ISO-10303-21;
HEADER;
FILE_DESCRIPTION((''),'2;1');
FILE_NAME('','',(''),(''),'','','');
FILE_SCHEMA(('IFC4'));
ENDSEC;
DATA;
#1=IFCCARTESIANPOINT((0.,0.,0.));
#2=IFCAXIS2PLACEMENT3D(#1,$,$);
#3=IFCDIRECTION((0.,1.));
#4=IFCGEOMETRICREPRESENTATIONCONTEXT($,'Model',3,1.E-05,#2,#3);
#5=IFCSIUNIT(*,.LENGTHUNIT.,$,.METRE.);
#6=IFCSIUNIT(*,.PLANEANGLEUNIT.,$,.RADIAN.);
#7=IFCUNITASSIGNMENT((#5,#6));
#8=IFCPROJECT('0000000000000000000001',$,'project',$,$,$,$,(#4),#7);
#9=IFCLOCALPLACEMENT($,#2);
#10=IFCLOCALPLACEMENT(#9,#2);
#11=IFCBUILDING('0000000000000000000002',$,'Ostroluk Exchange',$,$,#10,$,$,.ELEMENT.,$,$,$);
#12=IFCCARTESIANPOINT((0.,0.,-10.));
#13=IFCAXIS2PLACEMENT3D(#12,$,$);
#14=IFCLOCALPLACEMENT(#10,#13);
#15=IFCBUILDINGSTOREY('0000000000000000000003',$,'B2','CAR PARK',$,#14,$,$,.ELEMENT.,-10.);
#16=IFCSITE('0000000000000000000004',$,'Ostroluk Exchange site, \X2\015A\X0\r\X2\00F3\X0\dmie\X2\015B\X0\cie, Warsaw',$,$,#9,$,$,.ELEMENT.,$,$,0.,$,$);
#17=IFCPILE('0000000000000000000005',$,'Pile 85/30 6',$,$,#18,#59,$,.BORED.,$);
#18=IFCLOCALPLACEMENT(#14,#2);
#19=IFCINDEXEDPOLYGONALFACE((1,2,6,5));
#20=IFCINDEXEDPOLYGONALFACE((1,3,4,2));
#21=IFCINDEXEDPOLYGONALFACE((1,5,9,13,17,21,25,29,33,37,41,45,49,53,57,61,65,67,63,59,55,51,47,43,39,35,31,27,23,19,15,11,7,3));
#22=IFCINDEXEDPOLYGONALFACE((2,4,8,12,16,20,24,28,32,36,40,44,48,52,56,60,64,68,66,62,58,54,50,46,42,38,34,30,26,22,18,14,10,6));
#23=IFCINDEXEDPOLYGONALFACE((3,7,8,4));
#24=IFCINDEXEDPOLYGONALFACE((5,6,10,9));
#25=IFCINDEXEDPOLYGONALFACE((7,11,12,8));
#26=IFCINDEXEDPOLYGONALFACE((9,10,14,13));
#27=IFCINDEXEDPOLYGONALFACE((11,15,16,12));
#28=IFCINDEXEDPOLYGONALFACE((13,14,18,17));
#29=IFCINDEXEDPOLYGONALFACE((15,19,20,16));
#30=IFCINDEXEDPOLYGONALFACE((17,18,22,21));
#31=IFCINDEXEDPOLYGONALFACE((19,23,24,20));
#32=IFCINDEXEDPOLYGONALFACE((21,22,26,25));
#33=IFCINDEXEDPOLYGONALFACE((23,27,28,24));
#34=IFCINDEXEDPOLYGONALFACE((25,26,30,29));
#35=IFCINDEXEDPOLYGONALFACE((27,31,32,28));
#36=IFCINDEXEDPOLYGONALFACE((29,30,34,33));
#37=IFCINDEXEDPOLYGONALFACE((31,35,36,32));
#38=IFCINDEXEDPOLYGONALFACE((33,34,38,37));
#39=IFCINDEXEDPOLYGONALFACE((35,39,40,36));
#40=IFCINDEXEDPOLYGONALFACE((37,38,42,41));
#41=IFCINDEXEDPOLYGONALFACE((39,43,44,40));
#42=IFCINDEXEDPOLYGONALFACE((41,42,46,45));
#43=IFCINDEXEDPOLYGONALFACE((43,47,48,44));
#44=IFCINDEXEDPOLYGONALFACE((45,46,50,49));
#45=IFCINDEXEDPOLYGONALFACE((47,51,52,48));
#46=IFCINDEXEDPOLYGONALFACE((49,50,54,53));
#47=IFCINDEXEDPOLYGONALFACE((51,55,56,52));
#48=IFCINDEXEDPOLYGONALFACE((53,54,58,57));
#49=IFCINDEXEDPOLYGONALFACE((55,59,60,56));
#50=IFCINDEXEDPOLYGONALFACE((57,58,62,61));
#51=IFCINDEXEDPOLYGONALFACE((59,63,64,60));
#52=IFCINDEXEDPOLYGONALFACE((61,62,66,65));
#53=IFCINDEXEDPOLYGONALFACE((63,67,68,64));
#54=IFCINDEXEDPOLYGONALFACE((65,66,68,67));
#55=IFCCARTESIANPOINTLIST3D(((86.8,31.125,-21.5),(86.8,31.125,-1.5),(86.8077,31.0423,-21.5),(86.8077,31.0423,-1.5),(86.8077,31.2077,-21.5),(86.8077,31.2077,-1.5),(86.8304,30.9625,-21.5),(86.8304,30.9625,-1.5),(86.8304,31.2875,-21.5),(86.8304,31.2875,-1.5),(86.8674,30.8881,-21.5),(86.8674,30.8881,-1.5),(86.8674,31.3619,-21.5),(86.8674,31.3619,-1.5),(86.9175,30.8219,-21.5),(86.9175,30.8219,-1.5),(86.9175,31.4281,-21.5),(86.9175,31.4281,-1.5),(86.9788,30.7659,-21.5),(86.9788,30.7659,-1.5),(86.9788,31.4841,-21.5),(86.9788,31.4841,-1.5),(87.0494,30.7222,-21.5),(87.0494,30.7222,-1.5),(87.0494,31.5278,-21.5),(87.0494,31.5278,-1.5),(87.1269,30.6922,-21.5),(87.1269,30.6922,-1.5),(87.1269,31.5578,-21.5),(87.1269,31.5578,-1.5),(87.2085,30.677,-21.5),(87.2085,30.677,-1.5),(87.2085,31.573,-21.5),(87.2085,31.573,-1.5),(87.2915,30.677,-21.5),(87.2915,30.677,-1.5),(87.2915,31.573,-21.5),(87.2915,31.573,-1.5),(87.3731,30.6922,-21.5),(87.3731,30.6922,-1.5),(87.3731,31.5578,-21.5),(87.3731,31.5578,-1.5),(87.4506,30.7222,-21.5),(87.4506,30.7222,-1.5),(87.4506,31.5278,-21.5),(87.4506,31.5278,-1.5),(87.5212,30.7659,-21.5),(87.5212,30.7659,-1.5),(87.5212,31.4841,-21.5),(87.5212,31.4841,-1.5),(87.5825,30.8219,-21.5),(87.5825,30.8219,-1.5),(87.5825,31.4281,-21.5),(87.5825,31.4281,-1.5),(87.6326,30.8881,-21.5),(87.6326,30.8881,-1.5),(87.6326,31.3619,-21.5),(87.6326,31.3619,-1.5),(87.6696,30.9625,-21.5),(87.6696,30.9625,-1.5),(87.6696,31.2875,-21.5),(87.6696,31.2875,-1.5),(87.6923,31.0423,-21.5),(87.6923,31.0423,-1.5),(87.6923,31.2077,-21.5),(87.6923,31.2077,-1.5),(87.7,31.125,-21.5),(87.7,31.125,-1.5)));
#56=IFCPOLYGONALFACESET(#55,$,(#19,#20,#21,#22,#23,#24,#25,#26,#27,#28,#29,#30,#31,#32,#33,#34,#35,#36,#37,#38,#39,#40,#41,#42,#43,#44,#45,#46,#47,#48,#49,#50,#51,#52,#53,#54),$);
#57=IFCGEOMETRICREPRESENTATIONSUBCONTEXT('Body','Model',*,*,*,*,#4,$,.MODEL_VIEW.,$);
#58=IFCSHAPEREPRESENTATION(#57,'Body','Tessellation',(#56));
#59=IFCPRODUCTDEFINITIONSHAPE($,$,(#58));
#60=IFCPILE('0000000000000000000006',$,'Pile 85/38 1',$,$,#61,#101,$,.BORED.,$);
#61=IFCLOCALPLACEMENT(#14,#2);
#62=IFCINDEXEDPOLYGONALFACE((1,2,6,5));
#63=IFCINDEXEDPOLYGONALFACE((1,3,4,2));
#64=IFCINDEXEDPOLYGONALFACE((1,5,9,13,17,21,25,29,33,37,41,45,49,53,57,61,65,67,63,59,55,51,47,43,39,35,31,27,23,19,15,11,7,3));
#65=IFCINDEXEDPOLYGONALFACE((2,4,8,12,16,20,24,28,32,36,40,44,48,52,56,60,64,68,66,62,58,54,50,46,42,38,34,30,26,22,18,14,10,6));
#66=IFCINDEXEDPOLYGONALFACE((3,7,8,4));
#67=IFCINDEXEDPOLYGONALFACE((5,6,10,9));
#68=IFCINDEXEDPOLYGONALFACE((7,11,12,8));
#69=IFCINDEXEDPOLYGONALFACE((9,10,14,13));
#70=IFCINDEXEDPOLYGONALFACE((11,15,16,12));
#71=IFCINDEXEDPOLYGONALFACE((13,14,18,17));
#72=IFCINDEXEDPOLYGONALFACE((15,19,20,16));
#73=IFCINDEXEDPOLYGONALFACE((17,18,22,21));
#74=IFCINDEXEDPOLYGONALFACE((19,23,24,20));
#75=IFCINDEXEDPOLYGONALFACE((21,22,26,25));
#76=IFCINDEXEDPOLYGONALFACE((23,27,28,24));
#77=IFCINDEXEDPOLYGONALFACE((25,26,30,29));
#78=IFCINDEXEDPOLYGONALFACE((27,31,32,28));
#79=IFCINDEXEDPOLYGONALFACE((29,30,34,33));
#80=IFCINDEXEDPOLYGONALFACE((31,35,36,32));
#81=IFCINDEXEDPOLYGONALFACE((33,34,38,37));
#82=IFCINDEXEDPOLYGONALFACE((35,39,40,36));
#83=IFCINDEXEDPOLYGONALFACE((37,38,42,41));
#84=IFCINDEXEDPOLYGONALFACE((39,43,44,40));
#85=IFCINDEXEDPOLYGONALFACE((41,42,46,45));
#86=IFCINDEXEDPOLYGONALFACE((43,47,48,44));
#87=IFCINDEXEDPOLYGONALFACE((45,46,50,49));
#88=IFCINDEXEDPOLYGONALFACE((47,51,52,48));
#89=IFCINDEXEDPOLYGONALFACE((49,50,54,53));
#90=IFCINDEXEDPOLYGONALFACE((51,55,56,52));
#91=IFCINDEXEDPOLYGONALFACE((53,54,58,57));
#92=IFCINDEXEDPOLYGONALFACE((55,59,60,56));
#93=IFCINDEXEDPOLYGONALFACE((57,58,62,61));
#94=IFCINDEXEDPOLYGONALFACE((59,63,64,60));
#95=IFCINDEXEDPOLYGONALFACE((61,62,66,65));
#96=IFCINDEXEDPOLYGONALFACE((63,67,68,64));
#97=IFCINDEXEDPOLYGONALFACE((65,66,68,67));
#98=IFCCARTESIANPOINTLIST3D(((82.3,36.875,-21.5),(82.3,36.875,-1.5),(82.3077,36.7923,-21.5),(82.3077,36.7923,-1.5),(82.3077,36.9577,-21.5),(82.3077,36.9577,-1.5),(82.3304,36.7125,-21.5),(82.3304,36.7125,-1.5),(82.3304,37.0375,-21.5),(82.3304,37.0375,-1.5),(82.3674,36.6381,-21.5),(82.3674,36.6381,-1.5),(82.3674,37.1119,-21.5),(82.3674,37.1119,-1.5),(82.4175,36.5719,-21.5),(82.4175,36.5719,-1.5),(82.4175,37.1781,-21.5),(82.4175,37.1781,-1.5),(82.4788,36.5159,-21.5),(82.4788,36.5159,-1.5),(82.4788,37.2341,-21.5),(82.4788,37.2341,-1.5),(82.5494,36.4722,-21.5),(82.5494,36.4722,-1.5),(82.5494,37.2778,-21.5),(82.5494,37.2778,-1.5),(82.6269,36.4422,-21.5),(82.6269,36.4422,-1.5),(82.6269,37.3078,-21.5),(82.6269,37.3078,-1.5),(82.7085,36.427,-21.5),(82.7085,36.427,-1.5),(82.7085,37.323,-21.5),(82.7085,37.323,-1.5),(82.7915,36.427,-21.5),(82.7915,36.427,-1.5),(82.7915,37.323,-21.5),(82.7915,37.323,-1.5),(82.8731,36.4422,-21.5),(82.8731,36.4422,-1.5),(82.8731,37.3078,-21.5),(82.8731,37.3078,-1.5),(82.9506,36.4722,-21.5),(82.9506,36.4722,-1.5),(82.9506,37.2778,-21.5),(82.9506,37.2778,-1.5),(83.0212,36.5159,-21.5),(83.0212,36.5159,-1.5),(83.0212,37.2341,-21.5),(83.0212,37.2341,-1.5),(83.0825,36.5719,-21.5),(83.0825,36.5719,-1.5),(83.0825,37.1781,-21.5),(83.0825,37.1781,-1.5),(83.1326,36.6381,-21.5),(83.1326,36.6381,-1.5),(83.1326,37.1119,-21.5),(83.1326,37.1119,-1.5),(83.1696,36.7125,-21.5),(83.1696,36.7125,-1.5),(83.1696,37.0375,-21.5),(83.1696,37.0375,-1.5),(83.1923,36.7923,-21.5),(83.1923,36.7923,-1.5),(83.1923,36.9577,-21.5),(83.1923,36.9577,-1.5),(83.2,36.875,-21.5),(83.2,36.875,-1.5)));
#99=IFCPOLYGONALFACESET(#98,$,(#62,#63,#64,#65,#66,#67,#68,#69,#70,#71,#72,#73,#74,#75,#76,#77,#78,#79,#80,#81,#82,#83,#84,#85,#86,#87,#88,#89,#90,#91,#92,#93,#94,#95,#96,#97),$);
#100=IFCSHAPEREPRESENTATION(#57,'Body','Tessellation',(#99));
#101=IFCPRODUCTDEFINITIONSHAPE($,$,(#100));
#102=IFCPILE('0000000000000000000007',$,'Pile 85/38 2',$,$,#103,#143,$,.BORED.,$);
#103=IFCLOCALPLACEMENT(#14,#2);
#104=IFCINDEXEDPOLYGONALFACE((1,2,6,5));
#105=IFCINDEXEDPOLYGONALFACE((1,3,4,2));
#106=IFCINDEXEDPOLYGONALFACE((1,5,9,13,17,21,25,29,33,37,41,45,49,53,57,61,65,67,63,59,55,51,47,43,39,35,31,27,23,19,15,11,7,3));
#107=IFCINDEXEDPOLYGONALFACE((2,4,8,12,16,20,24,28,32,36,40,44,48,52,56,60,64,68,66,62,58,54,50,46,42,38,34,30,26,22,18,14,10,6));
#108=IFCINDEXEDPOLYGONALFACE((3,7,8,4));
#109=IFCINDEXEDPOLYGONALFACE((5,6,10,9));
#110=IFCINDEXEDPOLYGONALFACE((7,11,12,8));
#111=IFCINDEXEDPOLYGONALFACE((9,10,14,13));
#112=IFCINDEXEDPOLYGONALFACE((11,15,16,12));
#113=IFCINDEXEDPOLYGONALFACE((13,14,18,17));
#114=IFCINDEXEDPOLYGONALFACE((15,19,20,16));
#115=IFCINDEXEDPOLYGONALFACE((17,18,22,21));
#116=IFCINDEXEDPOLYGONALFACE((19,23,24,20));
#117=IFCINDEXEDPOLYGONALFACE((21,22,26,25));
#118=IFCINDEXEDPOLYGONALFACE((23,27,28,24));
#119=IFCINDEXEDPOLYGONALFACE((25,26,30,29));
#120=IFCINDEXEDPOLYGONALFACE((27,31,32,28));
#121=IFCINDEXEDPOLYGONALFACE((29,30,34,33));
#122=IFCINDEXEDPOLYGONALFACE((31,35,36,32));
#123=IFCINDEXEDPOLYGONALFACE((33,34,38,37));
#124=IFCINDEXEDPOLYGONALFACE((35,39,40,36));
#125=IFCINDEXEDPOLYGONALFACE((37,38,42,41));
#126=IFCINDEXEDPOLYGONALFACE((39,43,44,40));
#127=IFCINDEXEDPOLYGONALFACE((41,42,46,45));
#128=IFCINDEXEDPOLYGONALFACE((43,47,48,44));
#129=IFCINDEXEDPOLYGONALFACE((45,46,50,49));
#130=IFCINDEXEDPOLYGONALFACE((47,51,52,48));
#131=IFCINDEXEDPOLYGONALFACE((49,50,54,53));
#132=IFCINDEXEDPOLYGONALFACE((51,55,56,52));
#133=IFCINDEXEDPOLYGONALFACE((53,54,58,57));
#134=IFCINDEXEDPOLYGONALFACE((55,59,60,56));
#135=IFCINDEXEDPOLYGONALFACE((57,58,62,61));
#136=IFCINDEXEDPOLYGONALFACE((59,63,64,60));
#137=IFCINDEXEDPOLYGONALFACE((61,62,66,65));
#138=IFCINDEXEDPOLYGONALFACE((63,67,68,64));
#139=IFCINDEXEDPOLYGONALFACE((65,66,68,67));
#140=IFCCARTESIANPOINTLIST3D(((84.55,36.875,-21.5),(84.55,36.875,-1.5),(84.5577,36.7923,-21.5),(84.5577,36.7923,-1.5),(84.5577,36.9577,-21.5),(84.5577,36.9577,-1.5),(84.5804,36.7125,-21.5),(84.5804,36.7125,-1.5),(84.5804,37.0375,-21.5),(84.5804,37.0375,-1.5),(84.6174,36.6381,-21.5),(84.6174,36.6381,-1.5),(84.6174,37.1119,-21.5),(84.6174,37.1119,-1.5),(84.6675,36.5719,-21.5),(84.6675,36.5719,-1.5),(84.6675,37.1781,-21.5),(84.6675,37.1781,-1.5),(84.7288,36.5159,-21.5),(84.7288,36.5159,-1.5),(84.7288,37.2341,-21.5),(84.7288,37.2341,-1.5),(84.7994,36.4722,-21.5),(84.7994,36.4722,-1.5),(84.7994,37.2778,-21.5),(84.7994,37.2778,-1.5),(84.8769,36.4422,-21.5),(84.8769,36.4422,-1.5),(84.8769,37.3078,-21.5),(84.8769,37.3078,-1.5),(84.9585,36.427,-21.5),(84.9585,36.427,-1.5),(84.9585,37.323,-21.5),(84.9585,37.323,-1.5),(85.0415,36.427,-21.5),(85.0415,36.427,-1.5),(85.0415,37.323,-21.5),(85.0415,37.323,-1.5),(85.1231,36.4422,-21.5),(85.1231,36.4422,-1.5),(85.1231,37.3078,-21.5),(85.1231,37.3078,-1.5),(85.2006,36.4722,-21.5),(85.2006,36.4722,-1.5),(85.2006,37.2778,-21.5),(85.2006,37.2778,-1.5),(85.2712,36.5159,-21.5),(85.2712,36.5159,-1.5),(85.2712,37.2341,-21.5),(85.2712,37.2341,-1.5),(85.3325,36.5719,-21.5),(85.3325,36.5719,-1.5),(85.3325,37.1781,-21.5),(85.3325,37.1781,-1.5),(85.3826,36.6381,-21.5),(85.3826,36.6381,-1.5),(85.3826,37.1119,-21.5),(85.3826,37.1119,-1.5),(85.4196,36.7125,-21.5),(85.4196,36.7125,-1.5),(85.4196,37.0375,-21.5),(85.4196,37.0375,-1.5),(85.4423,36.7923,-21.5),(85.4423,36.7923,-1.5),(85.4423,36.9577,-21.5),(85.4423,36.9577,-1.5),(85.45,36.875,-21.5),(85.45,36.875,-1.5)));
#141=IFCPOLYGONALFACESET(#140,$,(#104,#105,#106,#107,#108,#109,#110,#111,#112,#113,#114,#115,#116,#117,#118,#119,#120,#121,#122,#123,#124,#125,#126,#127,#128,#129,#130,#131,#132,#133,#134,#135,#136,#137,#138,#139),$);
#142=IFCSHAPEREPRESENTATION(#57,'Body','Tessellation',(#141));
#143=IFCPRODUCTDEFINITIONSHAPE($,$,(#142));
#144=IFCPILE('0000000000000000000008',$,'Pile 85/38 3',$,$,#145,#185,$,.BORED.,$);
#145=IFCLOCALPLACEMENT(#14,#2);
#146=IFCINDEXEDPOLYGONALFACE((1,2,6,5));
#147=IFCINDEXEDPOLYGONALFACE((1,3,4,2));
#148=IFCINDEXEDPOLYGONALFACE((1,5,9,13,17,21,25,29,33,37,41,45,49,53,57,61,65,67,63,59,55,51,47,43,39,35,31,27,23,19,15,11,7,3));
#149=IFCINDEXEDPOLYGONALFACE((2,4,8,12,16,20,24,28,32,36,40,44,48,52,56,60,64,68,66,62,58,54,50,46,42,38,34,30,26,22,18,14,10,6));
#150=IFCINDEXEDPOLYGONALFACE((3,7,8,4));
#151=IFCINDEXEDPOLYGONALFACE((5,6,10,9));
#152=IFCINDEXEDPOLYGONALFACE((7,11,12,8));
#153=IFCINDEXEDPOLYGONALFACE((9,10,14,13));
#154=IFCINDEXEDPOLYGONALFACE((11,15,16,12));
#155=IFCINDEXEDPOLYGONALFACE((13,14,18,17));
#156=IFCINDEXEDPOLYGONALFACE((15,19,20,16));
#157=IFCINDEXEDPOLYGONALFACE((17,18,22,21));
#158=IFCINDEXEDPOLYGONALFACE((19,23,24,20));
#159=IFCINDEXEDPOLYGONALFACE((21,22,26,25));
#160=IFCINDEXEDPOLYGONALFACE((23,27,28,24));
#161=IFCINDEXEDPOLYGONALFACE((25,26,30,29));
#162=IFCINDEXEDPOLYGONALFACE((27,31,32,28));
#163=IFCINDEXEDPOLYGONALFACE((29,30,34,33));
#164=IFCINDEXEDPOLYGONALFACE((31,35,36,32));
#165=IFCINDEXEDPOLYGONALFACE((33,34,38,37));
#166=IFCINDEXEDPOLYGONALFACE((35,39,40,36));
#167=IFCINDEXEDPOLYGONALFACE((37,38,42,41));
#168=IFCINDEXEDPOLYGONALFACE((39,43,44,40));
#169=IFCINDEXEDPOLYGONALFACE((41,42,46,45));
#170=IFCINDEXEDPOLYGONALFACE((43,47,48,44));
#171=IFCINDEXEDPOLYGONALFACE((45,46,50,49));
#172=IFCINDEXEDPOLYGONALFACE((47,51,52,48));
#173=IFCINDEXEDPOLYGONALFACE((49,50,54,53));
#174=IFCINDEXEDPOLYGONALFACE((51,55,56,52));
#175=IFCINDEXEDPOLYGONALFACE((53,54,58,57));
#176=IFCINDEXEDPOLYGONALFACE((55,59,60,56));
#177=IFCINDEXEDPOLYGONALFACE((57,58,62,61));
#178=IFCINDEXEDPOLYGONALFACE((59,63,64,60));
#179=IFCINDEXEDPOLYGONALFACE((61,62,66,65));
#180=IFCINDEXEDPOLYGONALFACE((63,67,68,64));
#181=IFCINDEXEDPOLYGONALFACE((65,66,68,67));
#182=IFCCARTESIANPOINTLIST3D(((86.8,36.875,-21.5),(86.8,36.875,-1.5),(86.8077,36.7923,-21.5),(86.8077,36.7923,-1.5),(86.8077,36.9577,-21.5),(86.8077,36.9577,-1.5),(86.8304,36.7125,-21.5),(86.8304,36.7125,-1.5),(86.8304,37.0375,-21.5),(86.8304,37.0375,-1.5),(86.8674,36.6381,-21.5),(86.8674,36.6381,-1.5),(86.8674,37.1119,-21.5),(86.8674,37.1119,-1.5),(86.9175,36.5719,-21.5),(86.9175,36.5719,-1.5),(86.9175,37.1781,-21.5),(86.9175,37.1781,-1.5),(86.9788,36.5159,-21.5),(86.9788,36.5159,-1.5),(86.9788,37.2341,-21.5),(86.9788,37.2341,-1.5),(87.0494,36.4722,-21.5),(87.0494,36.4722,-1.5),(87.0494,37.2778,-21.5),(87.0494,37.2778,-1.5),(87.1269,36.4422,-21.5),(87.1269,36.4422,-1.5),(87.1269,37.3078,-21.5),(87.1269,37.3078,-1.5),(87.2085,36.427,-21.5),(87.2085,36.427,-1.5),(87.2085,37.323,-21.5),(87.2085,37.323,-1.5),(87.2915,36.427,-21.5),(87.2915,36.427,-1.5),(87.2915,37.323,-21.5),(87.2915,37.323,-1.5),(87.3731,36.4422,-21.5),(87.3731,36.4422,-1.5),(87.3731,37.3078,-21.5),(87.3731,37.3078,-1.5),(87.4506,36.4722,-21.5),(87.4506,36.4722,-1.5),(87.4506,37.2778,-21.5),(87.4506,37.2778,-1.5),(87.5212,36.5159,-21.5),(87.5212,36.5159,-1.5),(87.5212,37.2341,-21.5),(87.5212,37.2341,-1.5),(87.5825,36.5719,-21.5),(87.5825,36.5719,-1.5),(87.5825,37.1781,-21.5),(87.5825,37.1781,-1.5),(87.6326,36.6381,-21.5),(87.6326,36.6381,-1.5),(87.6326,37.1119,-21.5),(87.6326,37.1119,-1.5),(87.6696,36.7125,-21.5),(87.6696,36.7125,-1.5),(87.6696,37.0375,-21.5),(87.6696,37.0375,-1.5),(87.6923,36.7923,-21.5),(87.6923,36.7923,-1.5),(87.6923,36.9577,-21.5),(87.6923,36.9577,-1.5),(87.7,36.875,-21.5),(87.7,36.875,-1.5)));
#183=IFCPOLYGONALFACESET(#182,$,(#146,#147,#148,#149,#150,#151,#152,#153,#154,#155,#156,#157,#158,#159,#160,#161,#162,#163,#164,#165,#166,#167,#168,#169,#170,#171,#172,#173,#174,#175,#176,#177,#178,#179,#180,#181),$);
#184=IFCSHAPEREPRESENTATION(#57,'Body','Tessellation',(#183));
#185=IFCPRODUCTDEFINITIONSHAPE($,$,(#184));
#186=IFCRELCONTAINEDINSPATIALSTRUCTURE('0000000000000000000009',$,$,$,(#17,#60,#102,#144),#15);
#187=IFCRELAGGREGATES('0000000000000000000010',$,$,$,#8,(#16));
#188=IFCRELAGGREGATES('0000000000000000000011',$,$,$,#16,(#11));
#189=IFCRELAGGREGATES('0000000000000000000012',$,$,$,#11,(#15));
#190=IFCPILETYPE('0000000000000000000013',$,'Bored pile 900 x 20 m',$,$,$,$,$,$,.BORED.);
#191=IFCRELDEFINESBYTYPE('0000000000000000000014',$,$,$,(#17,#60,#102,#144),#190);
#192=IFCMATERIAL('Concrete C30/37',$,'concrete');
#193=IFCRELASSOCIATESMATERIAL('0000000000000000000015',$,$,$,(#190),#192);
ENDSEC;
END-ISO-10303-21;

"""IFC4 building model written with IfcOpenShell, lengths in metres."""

from ifc_helpers import new_model, si_unit, direction, frame, origin, origin_2d, place, context, subcontext, project, spatial, circle, extrude, material, type_object, element, save


model = new_model("IFC4")

# Units and contexts
model_context = context("Model", 3, precision=1e-05, world=origin(), true_north=direction((0.0, 1.0)))
body_context = subcontext(model_context, "Body", "Model", "MODEL_VIEW")
ifc_project = project(units=[si_unit("LENGTHUNIT", "METRE"), si_unit("PLANEANGLEUNIT", "RADIAN")], contexts=[model_context])

# Site, building, storey
site_placement = place(None, origin())
site = spatial("IfcSite", under=ifc_project, at=site_placement, Name="Ostroluk Exchange site, Śródmieście, Warsaw", CompositionType="ELEMENT", RefElevation=0.0)
building_placement = place(site_placement, origin())
building = spatial("IfcBuilding", under=site, at=building_placement, Name="Ostroluk Exchange", CompositionType="ELEMENT")
storey_placement = place(building_placement, frame((0.0, 0.0, -10.0)))
storey = spatial("IfcBuildingStorey", under=building, at=storey_placement, Name="B2", Description="CAR PARK", CompositionType="ELEMENT", Elevation=-10.0)

# Piles
ifc_material_1 = material(Name="Concrete C30/37", Category="concrete")
pile_type = type_object("IfcPileType", Name="Bored pile 900 x 20 m", PredefinedType="BORED", material=ifc_material_1)
for number, where, z_axis, x_axis, name in (
    (1, (87.25, 31.125, -1.5), (0.0, 0.0, -1.0), (1.0, 0.0, 0.0), "Pile 85/30 6"),
    (2, (82.75, 36.875, -1.5), (0.0, 0.0, -1.0), (1.0, 0.0, 0.0), "Pile 85/38 1"),
    (3, (85.0, 36.875, -1.5), (0.0, 0.0, -1.0), (1.0, 0.0, 0.0), "Pile 85/38 2"),
    (4, (87.25, 36.875, -1.5), (0.0, 0.0, -1.0), (1.0, 0.0, 0.0), "Pile 85/38 3"),
):
    element("IfcPile", number, at=place(storey_placement, frame(where, z_axis=z_axis, x_axis=x_axis)), inside=storey, type_object=pile_type, Name=name, PredefinedType="BORED", context=body_context, shape_type="SweptSolid", body=[
        extrude(circle(Radius=0.45, at=origin_2d()), origin(), (0.0, 0.0, 1.0), 20.0),
    ])

save(model, "model.ifc")
